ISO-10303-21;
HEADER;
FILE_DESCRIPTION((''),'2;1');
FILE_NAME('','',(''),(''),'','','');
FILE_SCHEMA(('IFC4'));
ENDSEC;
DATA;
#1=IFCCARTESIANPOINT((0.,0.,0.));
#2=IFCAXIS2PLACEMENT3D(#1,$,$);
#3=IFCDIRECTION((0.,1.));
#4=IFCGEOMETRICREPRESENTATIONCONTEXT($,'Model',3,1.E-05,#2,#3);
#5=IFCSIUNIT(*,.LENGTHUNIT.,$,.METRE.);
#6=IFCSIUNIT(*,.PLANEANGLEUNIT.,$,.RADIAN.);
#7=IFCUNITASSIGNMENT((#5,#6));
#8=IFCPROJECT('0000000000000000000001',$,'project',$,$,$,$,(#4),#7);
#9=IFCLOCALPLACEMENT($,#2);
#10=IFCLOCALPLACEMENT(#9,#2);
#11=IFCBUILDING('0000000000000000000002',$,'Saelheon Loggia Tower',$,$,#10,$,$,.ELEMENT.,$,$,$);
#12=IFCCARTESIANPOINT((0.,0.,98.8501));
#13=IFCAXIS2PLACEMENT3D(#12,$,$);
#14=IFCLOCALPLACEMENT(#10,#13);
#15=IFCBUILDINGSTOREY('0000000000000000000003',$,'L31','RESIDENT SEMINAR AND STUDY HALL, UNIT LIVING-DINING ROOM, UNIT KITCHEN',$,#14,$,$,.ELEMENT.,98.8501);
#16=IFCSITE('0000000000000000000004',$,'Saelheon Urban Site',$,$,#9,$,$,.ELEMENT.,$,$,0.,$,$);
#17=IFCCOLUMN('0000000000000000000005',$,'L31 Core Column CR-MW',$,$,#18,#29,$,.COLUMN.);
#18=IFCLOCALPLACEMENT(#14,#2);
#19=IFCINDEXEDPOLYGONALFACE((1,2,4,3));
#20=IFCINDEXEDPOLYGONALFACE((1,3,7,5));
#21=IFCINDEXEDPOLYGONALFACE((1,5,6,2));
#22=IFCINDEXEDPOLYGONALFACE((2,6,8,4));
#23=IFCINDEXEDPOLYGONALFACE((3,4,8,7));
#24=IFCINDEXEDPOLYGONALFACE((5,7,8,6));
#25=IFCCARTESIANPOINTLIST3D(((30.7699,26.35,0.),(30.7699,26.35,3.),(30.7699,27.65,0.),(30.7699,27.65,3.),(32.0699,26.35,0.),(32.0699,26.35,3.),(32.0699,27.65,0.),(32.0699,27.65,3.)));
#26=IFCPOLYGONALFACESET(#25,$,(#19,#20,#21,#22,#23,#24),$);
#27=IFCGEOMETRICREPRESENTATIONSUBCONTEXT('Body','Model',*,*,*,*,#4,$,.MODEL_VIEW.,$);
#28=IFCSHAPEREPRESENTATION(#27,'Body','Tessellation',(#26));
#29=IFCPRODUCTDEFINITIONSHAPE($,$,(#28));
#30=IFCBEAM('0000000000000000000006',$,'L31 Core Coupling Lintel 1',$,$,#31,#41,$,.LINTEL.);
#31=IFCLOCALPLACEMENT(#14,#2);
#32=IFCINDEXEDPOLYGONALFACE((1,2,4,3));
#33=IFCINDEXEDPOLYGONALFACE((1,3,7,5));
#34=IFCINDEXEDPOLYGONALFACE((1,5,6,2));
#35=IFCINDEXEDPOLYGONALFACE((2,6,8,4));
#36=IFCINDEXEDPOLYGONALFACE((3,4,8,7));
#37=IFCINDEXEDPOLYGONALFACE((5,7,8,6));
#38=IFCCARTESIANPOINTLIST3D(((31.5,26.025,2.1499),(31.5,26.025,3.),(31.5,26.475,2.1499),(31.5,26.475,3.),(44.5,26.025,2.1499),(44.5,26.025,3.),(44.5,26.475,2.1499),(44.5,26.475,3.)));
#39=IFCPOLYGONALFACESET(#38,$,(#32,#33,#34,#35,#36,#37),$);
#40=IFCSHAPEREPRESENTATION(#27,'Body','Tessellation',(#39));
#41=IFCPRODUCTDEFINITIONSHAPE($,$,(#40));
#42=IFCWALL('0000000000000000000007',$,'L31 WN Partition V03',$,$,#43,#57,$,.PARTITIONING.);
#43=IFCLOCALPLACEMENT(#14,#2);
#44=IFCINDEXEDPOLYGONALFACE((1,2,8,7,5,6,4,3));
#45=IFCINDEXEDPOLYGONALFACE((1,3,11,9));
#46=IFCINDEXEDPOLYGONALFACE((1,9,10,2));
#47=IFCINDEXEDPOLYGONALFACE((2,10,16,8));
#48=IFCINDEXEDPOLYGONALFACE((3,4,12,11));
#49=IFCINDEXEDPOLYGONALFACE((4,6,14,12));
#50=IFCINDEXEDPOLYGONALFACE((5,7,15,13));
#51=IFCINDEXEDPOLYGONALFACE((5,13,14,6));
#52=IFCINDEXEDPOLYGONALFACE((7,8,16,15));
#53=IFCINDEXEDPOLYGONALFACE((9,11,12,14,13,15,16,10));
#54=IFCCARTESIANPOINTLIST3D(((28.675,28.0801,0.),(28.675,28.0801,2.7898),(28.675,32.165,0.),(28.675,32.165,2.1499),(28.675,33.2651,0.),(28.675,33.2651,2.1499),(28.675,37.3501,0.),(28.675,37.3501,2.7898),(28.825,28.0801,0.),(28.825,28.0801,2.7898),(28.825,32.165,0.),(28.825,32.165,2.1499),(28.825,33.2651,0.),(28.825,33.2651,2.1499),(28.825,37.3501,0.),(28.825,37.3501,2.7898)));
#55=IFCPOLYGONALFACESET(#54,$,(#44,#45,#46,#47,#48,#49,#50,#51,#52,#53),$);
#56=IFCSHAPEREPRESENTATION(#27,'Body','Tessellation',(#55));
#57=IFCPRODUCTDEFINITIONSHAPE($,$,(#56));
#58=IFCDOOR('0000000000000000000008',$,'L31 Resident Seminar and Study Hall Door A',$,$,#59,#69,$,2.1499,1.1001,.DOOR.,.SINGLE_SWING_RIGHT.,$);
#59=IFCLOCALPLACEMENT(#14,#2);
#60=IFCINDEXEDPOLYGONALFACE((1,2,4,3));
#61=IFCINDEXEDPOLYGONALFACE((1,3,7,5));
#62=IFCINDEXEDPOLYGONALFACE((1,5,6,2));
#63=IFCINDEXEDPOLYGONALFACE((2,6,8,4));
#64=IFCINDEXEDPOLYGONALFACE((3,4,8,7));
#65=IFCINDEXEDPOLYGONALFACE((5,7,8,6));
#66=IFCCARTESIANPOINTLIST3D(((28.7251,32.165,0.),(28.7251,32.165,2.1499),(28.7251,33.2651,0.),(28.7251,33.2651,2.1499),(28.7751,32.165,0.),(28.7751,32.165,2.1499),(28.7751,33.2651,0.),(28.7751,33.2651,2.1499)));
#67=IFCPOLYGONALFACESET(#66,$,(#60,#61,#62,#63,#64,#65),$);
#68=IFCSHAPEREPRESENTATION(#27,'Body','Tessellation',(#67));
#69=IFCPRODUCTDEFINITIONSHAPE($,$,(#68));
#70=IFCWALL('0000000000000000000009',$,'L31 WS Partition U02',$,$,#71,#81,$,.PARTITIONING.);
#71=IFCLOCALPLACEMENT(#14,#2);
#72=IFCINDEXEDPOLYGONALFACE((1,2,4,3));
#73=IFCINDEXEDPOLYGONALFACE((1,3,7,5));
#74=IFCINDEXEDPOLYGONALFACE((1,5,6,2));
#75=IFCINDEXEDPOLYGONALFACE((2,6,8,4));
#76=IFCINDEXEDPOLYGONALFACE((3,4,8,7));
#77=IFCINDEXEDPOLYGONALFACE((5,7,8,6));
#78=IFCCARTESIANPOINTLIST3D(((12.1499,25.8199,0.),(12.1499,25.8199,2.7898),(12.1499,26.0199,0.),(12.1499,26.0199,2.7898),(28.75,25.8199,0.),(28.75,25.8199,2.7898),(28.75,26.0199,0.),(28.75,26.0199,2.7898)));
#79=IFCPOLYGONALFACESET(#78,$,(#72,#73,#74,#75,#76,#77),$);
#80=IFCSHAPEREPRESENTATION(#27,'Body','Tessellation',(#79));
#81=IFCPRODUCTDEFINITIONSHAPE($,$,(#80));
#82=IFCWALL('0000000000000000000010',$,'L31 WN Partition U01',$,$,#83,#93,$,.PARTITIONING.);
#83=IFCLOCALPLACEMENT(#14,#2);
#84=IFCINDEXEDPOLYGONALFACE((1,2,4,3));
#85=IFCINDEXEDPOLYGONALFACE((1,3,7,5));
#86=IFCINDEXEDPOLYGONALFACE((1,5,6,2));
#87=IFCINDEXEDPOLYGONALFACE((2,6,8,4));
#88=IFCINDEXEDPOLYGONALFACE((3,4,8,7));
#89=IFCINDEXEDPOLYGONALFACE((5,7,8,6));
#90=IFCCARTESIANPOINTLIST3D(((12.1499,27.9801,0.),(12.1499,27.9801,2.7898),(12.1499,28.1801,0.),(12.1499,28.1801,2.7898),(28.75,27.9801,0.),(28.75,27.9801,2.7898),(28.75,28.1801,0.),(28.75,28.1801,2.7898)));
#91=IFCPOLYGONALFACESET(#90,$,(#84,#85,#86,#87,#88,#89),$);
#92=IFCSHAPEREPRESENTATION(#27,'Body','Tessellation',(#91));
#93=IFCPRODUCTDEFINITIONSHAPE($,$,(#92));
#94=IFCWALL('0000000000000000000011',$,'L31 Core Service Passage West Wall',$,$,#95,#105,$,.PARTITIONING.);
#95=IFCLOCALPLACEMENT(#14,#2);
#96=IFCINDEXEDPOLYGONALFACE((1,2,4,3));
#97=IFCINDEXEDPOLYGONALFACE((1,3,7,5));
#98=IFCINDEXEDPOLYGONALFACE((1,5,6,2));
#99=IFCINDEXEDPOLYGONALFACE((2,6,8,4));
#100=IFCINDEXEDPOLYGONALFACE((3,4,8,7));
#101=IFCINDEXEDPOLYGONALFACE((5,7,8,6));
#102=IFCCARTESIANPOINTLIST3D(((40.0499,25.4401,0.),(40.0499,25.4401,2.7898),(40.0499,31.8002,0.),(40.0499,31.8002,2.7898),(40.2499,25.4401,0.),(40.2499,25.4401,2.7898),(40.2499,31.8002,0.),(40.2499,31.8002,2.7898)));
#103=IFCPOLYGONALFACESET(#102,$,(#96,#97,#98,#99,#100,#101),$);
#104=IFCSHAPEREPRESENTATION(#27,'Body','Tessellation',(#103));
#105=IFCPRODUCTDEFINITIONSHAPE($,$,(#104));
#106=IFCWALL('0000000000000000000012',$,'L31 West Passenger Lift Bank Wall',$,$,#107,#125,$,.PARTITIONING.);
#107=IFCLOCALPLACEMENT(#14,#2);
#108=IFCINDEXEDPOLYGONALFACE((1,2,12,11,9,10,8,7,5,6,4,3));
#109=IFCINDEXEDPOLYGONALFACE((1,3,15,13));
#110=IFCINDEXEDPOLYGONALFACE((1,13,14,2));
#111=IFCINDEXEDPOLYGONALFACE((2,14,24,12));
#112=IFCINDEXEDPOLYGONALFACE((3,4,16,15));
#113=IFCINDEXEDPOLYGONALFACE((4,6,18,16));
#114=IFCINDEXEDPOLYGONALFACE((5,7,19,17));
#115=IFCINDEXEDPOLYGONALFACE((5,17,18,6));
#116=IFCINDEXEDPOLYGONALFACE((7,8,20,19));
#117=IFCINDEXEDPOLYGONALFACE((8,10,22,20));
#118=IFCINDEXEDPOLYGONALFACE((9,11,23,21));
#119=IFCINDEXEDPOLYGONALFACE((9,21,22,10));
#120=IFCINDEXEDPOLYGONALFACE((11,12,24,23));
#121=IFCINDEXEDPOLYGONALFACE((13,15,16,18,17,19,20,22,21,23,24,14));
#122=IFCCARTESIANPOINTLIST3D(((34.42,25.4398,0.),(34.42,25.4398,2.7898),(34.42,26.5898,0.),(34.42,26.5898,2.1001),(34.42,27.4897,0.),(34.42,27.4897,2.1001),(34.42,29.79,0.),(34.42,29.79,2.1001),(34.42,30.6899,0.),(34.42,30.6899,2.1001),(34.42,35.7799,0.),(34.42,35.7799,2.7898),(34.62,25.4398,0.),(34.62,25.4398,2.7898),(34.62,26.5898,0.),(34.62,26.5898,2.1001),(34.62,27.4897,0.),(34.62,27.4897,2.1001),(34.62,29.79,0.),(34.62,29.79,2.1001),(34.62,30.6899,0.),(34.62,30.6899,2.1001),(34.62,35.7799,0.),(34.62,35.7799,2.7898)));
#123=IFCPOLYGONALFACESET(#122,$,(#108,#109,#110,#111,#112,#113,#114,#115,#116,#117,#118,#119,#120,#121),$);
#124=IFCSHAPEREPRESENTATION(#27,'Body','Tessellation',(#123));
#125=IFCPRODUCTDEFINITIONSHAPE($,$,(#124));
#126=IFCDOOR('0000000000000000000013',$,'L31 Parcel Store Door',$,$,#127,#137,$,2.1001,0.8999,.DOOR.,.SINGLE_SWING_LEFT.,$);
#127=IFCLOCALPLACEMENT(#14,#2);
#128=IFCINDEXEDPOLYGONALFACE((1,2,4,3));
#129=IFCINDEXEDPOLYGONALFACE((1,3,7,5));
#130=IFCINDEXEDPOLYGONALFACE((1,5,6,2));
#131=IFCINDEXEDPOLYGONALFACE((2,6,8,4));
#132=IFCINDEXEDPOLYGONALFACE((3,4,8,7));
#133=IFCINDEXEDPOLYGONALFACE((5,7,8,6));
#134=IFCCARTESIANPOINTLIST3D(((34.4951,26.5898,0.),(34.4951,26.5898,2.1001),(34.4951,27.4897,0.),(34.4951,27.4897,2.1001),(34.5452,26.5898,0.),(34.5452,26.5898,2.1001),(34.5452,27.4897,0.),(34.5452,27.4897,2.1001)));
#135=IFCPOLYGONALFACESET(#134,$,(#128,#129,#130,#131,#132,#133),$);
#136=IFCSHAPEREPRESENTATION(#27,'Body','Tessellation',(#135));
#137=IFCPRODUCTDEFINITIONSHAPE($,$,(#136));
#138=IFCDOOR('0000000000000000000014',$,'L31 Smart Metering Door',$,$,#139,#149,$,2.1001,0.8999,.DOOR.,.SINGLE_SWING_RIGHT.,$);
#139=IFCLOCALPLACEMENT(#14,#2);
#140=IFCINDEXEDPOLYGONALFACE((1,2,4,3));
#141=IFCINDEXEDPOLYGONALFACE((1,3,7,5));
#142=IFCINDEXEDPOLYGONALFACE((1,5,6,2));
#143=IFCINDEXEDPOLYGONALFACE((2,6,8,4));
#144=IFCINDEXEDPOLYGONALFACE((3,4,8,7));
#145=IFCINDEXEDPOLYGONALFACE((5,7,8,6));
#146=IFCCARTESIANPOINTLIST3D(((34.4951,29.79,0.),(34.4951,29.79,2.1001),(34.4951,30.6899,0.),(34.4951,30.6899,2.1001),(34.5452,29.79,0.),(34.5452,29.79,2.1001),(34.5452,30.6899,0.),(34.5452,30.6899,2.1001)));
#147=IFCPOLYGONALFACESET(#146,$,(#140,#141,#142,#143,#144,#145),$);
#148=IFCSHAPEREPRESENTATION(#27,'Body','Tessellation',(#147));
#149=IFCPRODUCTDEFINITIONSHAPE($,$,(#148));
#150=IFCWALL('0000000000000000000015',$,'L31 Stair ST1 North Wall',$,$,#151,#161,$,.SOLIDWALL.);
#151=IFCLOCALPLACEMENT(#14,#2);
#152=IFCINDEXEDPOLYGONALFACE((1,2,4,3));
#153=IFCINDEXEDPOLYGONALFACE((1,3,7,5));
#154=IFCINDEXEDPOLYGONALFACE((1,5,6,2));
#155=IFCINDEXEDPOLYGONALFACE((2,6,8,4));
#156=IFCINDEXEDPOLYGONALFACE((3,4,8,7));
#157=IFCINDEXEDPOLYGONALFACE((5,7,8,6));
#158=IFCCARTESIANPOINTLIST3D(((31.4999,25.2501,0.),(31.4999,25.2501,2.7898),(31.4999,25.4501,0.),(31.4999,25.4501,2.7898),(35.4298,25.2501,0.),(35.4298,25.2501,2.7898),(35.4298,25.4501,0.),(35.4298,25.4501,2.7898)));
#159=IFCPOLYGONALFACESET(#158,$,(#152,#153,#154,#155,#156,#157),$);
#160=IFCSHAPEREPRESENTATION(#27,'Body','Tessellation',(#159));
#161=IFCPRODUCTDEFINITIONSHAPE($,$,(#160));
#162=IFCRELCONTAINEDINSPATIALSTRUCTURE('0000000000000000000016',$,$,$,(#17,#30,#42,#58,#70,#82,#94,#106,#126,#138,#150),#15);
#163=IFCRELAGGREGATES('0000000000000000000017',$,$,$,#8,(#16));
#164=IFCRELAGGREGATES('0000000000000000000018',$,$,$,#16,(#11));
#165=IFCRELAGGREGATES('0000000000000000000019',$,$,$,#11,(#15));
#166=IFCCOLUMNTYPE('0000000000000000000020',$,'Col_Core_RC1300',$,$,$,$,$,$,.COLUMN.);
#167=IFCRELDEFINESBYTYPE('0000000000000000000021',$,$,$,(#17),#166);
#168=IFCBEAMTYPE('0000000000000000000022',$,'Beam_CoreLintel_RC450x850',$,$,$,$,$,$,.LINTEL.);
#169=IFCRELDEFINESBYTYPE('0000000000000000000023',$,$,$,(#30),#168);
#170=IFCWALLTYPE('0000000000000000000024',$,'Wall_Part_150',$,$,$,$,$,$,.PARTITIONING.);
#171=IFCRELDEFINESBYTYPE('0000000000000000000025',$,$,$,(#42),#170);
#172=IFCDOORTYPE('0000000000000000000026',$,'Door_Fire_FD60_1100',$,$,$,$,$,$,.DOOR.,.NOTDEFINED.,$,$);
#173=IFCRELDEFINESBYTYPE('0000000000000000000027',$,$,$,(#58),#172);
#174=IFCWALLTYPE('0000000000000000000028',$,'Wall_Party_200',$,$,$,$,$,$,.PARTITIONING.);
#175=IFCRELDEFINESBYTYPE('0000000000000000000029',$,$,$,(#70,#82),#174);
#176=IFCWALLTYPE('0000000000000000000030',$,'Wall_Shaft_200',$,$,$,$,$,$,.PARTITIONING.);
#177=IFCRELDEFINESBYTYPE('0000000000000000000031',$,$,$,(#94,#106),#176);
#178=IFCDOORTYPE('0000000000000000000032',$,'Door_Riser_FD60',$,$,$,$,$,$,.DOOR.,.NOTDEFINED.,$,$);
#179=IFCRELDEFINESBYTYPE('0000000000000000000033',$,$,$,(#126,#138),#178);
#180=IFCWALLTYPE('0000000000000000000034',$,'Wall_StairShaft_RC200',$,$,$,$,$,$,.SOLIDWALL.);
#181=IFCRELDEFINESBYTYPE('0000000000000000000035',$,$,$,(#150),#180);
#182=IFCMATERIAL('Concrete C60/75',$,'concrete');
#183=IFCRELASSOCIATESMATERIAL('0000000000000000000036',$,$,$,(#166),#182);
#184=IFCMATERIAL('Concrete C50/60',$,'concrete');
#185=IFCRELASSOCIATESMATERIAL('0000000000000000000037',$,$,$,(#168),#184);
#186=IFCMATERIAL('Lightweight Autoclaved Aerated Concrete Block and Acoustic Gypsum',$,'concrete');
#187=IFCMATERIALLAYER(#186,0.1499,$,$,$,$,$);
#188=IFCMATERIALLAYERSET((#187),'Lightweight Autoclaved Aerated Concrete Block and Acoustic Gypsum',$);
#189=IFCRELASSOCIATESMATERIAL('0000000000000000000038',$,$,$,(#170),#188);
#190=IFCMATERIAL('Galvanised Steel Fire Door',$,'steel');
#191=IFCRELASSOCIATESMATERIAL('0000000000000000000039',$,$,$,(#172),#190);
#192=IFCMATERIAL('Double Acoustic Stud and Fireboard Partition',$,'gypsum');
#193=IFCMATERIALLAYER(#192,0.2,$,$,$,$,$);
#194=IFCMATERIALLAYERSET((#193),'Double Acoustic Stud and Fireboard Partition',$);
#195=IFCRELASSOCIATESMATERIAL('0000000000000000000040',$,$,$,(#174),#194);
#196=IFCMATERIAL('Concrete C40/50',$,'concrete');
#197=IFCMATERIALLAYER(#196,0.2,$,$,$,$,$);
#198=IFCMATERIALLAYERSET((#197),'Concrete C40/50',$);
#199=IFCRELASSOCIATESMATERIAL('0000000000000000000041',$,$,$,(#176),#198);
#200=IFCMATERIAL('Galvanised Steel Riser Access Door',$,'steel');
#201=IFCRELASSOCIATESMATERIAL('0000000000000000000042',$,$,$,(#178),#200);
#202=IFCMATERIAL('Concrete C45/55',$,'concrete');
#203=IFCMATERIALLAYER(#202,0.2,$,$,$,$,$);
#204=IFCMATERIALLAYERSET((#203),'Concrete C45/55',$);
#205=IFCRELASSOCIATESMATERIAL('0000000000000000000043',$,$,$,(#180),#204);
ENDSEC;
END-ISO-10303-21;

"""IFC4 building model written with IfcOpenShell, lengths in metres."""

from ifc_helpers import new_model, si_unit, direction, frame, frame_2d, origin, origin_2d, place, context, subcontext, project, spatial, rectangle, extrude, source, transform, mapped, material, layer, layer_set, material_profile, profile_set, type_object, element, fill, save


model = new_model("IFC4")

# Units and contexts
model_context = context("Model", 3, precision=1e-05, world=origin(), true_north=direction((0.0, 1.0)))
body_context = subcontext(model_context, "Body", "Model", "MODEL_VIEW")
ifc_project = project(units=[si_unit("LENGTHUNIT", "METRE"), si_unit("PLANEANGLEUNIT", "RADIAN")], contexts=[model_context])

# Site, building, storey
site_placement = place(None, origin())
site = spatial("IfcSite", under=ifc_project, at=site_placement, Name="Saelheon Urban Site", CompositionType="ELEMENT", RefElevation=0.0)
building_placement = place(site_placement, origin())
building = spatial("IfcBuilding", under=site, at=building_placement, Name="Saelheon Loggia Tower", CompositionType="ELEMENT")
storey_placement = place(building_placement, frame((0.0, 0.0, 98.8501)))
storey = spatial("IfcBuildingStorey", under=building, at=storey_placement, Name="L31", Description="RESIDENT SEMINAR AND STUDY HALL, UNIT LIVING-DINING ROOM, UNIT KITCHEN", CompositionType="ELEMENT", Elevation=98.8501)

# Column
ifc_material_1 = material(Name="Concrete C60/75", Category="concrete")
ifc_material_profile_1 = material_profile(ifc_material_1, rectangle(XDim=1.3, YDim=1.3, at=origin_2d()), Name="RC-1300x1300")
ifc_profile_set_1 = profile_set([ifc_material_profile_1], Name="Concrete C60/75")
column_type = type_object("IfcColumnType", Name="Col_Core_RC1300", PredefinedType="COLUMN", material=ifc_profile_set_1)
shared_shape_1 = source(origin(), body_context, "Body", "SweptSolid", [
    extrude(rectangle(XDim=1.3, YDim=1.3, at=origin_2d()), origin(), (0.0, 0.0, 1.0), 3.0),
])
column_placement = place(storey_placement, frame((31.4199, 27.0, 0.0), z_axis=(0.0, 0.0, 1.0), x_axis=(1.0, 0.0, 0.0)))
element("IfcColumn", 1, at=column_placement, inside=storey, type_object=column_type, Name="L31 Core Column CR-MW", PredefinedType="COLUMN", context=body_context, shape_type="MappedRepresentation", body=[
    mapped(shared_shape_1, transform((0.0, 0.0, 0.0), scale=1.0)),
])

# Beam
ifc_material_2 = material(Name="Concrete C50/60", Category="concrete")
ifc_material_profile_2 = material_profile(ifc_material_2, rectangle(XDim=0.45, YDim=0.8501, at=origin_2d()), Name="RC-450x850")
ifc_profile_set_2 = profile_set([ifc_material_profile_2], Name="Concrete C50/60")
beam_type = type_object("IfcBeamType", Name="Beam_CoreLintel_RC450x850", PredefinedType="LINTEL", material=ifc_profile_set_2)
shared_shape_2 = source(origin(), body_context, "Body", "SweptSolid", [
    extrude(rectangle(XDim=0.45, YDim=0.8501, at=origin_2d()), origin(), (0.0, 0.0, 1.0), 13.0),
])
beam_placement = place(storey_placement, frame((31.5, 26.25, 2.575), z_axis=(1.0, 0.0, 0.0), x_axis=(0.0, 1.0, 0.0)))
element("IfcBeam", 2, at=beam_placement, inside=storey, type_object=beam_type, Name="L31 Core Coupling Lintel 1", PredefinedType="LINTEL", context=body_context, shape_type="MappedRepresentation", body=[
    mapped(shared_shape_2, transform((0.0, 0.0, 0.0), scale=1.0)),
])

# Wall, opening, door
ifc_material_3 = material(Name="Lightweight Autoclaved Aerated Concrete Block and Acoustic Gypsum", Category="concrete")
ifc_layer_1 = layer(ifc_material_3, 0.1499)
ifc_layer_set_1 = layer_set([ifc_layer_1], Name="Lightweight Autoclaved Aerated Concrete Block and Acoustic Gypsum")
wall_type_1 = type_object("IfcWallType", Name="Wall_Part_150", PredefinedType="PARTITIONING", material=ifc_layer_set_1)
wall_1_placement = place(storey_placement, frame((28.75, 28.0801, 0.0), z_axis=(0.0, 0.0, 1.0), x_axis=(0.0, 1.0, 0.0)))
wall_1 = element("IfcWall", 3, at=wall_1_placement, inside=storey, type_object=wall_type_1, Name="L31 WN Partition V03", PredefinedType="PARTITIONING", context=body_context, shape_type="SweptSolid", body=[
    extrude(rectangle(XDim=9.27, YDim=0.1499, at=frame_2d((4.635, 0.0))), origin(), (0.0, 0.0, 1.0), 2.7898),
])
opening_1_placement = place(wall_1_placement, frame((4.085, 0.0, 0.0)))
opening_1 = element("IfcOpeningElement", 4, at=opening_1_placement, cuts=wall_1, PredefinedType="OPENING", context=body_context, shape_type="SweptSolid", body=[
    extrude(rectangle(XDim=1.1001, YDim=2.1499, at=frame_2d((0.55, 1.075))), frame((0.0, 0.0869, 0.0), z_axis=(0.0, -1.0, 0.0), x_axis=(1.0, 0.0, 0.0)), (0.0, 0.0, 1.0), 0.1738),
])
ifc_material_4 = material(Name="Galvanised Steel Fire Door", Category="steel")
door_type_1 = type_object("IfcDoorType", Name="Door_Fire_FD60_1100", OperationType="NOTDEFINED", PredefinedType="DOOR", material=ifc_material_4)
shared_shape_3 = source(origin(), body_context, "Body", "SweptSolid", [
    extrude(rectangle(XDim=1.1001, YDim=2.1499, at=frame_2d((0.55, 1.075))), frame((0.0, 0.0249, 0.0), z_axis=(0.0, -1.0, 0.0), x_axis=(1.0, 0.0, 0.0)), (0.0, 0.0, 1.0), 0.05),
])
door_1_placement = place(opening_1_placement, origin())
door_1 = element("IfcDoor", 5, at=door_1_placement, inside=storey, type_object=door_type_1, Name="L31 Resident Seminar and Study Hall Door A", OperationType="SINGLE_SWING_RIGHT", OverallHeight=2.1499, OverallWidth=1.1001, PredefinedType="DOOR", context=body_context, shape_type="MappedRepresentation", body=[
    mapped(shared_shape_3, transform((0.0, 0.0, 0.0), scale=1.0)),
])
fill(opening_1, door_1)

# Walls
ifc_material_5 = material(Name="Double Acoustic Stud and Fireboard Partition", Category="gypsum")
ifc_layer_2 = layer(ifc_material_5, 0.2)
ifc_layer_set_2 = layer_set([ifc_layer_2], Name="Double Acoustic Stud and Fireboard Partition")
wall_type_2 = type_object("IfcWallType", Name="Wall_Party_200", PredefinedType="PARTITIONING", material=ifc_layer_set_2)
for number, where, z_axis, x_axis, name in (
    (6, (28.75, 25.9199, 0.0), (0.0, 0.0, 1.0), (-1.0, 0.0, 0.0), "L31 WS Partition U02"),
    (7, (28.75, 28.0801, 0.0), (0.0, 0.0, 1.0), (-1.0, 0.0, 0.0), "L31 WN Partition U01"),
):
    element("IfcWall", number, at=place(storey_placement, frame(where, z_axis=z_axis, x_axis=x_axis)), inside=storey, type_object=wall_type_2, Name=name, PredefinedType="PARTITIONING", context=body_context, shape_type="SweptSolid", body=[
        extrude(rectangle(XDim=16.6001, YDim=0.2, at=frame_2d((8.3, 0.0))), origin(), (0.0, 0.0, 1.0), 2.7898),
    ])
ifc_material_6 = material(Name="Concrete C40/50", Category="concrete")
ifc_layer_3 = layer(ifc_material_6, 0.2)
ifc_layer_set_3 = layer_set([ifc_layer_3], Name="Concrete C40/50")
wall_type_3 = type_object("IfcWallType", Name="Wall_Shaft_200", PredefinedType="PARTITIONING", material=ifc_layer_set_3)
wall_2_placement = place(storey_placement, frame((40.1499, 25.4399, 0.0), z_axis=(0.0, 0.0, 1.0), x_axis=(0.0, 1.0, 0.0)))
element("IfcWall", 8, at=wall_2_placement, inside=storey, type_object=wall_type_3, Name="L31 Core Service Passage West Wall", PredefinedType="PARTITIONING", context=body_context, shape_type="SweptSolid", body=[
    extrude(rectangle(XDim=6.3601, YDim=0.2, at=frame_2d((3.1802, 0.0))), origin(), (0.0, 0.0, 1.0), 2.7898),
])

# Wall, openings, doors
wall_3_placement = place(storey_placement, frame((34.52, 25.4399, 0.0), z_axis=(0.0, 0.0, 1.0), x_axis=(0.0, 1.0, 0.0)))
wall_3 = element("IfcWall", 9, at=wall_3_placement, inside=storey, type_object=wall_type_3, Name="L31 West Passenger Lift Bank Wall", PredefinedType="PARTITIONING", context=body_context, shape_type="SweptSolid", body=[
    extrude(rectangle(XDim=10.3401, YDim=0.2, at=frame_2d((5.1699, 0.0))), origin(), (0.0, 0.0, 1.0), 2.7898),
])
opening_2_placement = place(wall_3_placement, frame((1.1499, 0.0, 0.0)))
opening_2 = element("IfcOpeningElement", 10, at=opening_2_placement, cuts=wall_3, PredefinedType="OPENING", context=body_context, shape_type="SweptSolid", body=[
    extrude(rectangle(XDim=0.8999, YDim=2.1001, at=frame_2d((0.45, 1.05))), frame((0.0, 0.1121, 0.0), z_axis=(0.0, -1.0, 0.0), x_axis=(1.0, 0.0, 0.0)), (0.0, 0.0, 1.0), 0.2239),
])
opening_3_placement = place(wall_3_placement, frame((4.3501, 0.0, 0.0)))
opening_3 = element("IfcOpeningElement", 11, at=opening_3_placement, cuts=wall_3, PredefinedType="OPENING", context=body_context, shape_type="SweptSolid", body=[
    extrude(rectangle(XDim=0.8999, YDim=2.1001, at=frame_2d((0.45, 1.05))), frame((0.0, 0.1121, 0.0), z_axis=(0.0, -1.0, 0.0), x_axis=(1.0, 0.0, 0.0)), (0.0, 0.0, 1.0), 0.2239),
])
ifc_material_7 = material(Name="Galvanised Steel Riser Access Door", Category="steel")
door_type_2 = type_object("IfcDoorType", Name="Door_Riser_FD60", OperationType="NOTDEFINED", PredefinedType="DOOR", material=ifc_material_7)
shared_shape_4 = source(origin(), body_context, "Body", "SweptSolid", [
    extrude(rectangle(XDim=0.8999, YDim=2.1001, at=frame_2d((0.45, 1.05))), frame((0.0, 0.0249, 0.0), z_axis=(0.0, -1.0, 0.0), x_axis=(1.0, 0.0, 0.0)), (0.0, 0.0, 1.0), 0.05),
])
door_2_placement = place(opening_2_placement, origin())
door_2 = element("IfcDoor", 12, at=door_2_placement, inside=storey, type_object=door_type_2, Name="L31 Parcel Store Door", OperationType="SINGLE_SWING_LEFT", OverallHeight=2.1001, OverallWidth=0.8999, PredefinedType="DOOR", context=body_context, shape_type="MappedRepresentation", body=[
    mapped(shared_shape_4, transform((0.0, 0.0, 0.0), scale=1.0)),
])
fill(opening_2, door_2)
door_3_placement = place(opening_3_placement, origin())
door_3 = element("IfcDoor", 13, at=door_3_placement, inside=storey, type_object=door_type_2, Name="L31 Smart Metering Door", OperationType="SINGLE_SWING_RIGHT", OverallHeight=2.1001, OverallWidth=0.8999, PredefinedType="DOOR", context=body_context, shape_type="MappedRepresentation", body=[
    mapped(shared_shape_4, transform((0.0, 0.0, 0.0), scale=1.0)),
])
fill(opening_3, door_3)

# Wall
ifc_material_8 = material(Name="Concrete C45/55", Category="concrete")
ifc_layer_4 = layer(ifc_material_8, 0.2)
ifc_layer_set_4 = layer_set([ifc_layer_4], Name="Concrete C45/55")
wall_type_4 = type_object("IfcWallType", Name="Wall_StairShaft_RC200", PredefinedType="SOLIDWALL", material=ifc_layer_set_4)
wall_4_placement = place(storey_placement, frame((31.5, 25.3501, 0.0), z_axis=(0.0, 0.0, 1.0), x_axis=(1.0, 0.0, 0.0)))
element("IfcWall", 14, at=wall_4_placement, inside=storey, type_object=wall_type_4, Name="L31 Stair ST1 North Wall", PredefinedType="SOLIDWALL", context=body_context, shape_type="SweptSolid", body=[
    extrude(rectangle(XDim=3.9299, YDim=0.2, at=frame_2d((1.9648, 0.0))), origin(), (0.0, 0.0, 1.0), 2.7898),
])

save(model, "model.ifc")
